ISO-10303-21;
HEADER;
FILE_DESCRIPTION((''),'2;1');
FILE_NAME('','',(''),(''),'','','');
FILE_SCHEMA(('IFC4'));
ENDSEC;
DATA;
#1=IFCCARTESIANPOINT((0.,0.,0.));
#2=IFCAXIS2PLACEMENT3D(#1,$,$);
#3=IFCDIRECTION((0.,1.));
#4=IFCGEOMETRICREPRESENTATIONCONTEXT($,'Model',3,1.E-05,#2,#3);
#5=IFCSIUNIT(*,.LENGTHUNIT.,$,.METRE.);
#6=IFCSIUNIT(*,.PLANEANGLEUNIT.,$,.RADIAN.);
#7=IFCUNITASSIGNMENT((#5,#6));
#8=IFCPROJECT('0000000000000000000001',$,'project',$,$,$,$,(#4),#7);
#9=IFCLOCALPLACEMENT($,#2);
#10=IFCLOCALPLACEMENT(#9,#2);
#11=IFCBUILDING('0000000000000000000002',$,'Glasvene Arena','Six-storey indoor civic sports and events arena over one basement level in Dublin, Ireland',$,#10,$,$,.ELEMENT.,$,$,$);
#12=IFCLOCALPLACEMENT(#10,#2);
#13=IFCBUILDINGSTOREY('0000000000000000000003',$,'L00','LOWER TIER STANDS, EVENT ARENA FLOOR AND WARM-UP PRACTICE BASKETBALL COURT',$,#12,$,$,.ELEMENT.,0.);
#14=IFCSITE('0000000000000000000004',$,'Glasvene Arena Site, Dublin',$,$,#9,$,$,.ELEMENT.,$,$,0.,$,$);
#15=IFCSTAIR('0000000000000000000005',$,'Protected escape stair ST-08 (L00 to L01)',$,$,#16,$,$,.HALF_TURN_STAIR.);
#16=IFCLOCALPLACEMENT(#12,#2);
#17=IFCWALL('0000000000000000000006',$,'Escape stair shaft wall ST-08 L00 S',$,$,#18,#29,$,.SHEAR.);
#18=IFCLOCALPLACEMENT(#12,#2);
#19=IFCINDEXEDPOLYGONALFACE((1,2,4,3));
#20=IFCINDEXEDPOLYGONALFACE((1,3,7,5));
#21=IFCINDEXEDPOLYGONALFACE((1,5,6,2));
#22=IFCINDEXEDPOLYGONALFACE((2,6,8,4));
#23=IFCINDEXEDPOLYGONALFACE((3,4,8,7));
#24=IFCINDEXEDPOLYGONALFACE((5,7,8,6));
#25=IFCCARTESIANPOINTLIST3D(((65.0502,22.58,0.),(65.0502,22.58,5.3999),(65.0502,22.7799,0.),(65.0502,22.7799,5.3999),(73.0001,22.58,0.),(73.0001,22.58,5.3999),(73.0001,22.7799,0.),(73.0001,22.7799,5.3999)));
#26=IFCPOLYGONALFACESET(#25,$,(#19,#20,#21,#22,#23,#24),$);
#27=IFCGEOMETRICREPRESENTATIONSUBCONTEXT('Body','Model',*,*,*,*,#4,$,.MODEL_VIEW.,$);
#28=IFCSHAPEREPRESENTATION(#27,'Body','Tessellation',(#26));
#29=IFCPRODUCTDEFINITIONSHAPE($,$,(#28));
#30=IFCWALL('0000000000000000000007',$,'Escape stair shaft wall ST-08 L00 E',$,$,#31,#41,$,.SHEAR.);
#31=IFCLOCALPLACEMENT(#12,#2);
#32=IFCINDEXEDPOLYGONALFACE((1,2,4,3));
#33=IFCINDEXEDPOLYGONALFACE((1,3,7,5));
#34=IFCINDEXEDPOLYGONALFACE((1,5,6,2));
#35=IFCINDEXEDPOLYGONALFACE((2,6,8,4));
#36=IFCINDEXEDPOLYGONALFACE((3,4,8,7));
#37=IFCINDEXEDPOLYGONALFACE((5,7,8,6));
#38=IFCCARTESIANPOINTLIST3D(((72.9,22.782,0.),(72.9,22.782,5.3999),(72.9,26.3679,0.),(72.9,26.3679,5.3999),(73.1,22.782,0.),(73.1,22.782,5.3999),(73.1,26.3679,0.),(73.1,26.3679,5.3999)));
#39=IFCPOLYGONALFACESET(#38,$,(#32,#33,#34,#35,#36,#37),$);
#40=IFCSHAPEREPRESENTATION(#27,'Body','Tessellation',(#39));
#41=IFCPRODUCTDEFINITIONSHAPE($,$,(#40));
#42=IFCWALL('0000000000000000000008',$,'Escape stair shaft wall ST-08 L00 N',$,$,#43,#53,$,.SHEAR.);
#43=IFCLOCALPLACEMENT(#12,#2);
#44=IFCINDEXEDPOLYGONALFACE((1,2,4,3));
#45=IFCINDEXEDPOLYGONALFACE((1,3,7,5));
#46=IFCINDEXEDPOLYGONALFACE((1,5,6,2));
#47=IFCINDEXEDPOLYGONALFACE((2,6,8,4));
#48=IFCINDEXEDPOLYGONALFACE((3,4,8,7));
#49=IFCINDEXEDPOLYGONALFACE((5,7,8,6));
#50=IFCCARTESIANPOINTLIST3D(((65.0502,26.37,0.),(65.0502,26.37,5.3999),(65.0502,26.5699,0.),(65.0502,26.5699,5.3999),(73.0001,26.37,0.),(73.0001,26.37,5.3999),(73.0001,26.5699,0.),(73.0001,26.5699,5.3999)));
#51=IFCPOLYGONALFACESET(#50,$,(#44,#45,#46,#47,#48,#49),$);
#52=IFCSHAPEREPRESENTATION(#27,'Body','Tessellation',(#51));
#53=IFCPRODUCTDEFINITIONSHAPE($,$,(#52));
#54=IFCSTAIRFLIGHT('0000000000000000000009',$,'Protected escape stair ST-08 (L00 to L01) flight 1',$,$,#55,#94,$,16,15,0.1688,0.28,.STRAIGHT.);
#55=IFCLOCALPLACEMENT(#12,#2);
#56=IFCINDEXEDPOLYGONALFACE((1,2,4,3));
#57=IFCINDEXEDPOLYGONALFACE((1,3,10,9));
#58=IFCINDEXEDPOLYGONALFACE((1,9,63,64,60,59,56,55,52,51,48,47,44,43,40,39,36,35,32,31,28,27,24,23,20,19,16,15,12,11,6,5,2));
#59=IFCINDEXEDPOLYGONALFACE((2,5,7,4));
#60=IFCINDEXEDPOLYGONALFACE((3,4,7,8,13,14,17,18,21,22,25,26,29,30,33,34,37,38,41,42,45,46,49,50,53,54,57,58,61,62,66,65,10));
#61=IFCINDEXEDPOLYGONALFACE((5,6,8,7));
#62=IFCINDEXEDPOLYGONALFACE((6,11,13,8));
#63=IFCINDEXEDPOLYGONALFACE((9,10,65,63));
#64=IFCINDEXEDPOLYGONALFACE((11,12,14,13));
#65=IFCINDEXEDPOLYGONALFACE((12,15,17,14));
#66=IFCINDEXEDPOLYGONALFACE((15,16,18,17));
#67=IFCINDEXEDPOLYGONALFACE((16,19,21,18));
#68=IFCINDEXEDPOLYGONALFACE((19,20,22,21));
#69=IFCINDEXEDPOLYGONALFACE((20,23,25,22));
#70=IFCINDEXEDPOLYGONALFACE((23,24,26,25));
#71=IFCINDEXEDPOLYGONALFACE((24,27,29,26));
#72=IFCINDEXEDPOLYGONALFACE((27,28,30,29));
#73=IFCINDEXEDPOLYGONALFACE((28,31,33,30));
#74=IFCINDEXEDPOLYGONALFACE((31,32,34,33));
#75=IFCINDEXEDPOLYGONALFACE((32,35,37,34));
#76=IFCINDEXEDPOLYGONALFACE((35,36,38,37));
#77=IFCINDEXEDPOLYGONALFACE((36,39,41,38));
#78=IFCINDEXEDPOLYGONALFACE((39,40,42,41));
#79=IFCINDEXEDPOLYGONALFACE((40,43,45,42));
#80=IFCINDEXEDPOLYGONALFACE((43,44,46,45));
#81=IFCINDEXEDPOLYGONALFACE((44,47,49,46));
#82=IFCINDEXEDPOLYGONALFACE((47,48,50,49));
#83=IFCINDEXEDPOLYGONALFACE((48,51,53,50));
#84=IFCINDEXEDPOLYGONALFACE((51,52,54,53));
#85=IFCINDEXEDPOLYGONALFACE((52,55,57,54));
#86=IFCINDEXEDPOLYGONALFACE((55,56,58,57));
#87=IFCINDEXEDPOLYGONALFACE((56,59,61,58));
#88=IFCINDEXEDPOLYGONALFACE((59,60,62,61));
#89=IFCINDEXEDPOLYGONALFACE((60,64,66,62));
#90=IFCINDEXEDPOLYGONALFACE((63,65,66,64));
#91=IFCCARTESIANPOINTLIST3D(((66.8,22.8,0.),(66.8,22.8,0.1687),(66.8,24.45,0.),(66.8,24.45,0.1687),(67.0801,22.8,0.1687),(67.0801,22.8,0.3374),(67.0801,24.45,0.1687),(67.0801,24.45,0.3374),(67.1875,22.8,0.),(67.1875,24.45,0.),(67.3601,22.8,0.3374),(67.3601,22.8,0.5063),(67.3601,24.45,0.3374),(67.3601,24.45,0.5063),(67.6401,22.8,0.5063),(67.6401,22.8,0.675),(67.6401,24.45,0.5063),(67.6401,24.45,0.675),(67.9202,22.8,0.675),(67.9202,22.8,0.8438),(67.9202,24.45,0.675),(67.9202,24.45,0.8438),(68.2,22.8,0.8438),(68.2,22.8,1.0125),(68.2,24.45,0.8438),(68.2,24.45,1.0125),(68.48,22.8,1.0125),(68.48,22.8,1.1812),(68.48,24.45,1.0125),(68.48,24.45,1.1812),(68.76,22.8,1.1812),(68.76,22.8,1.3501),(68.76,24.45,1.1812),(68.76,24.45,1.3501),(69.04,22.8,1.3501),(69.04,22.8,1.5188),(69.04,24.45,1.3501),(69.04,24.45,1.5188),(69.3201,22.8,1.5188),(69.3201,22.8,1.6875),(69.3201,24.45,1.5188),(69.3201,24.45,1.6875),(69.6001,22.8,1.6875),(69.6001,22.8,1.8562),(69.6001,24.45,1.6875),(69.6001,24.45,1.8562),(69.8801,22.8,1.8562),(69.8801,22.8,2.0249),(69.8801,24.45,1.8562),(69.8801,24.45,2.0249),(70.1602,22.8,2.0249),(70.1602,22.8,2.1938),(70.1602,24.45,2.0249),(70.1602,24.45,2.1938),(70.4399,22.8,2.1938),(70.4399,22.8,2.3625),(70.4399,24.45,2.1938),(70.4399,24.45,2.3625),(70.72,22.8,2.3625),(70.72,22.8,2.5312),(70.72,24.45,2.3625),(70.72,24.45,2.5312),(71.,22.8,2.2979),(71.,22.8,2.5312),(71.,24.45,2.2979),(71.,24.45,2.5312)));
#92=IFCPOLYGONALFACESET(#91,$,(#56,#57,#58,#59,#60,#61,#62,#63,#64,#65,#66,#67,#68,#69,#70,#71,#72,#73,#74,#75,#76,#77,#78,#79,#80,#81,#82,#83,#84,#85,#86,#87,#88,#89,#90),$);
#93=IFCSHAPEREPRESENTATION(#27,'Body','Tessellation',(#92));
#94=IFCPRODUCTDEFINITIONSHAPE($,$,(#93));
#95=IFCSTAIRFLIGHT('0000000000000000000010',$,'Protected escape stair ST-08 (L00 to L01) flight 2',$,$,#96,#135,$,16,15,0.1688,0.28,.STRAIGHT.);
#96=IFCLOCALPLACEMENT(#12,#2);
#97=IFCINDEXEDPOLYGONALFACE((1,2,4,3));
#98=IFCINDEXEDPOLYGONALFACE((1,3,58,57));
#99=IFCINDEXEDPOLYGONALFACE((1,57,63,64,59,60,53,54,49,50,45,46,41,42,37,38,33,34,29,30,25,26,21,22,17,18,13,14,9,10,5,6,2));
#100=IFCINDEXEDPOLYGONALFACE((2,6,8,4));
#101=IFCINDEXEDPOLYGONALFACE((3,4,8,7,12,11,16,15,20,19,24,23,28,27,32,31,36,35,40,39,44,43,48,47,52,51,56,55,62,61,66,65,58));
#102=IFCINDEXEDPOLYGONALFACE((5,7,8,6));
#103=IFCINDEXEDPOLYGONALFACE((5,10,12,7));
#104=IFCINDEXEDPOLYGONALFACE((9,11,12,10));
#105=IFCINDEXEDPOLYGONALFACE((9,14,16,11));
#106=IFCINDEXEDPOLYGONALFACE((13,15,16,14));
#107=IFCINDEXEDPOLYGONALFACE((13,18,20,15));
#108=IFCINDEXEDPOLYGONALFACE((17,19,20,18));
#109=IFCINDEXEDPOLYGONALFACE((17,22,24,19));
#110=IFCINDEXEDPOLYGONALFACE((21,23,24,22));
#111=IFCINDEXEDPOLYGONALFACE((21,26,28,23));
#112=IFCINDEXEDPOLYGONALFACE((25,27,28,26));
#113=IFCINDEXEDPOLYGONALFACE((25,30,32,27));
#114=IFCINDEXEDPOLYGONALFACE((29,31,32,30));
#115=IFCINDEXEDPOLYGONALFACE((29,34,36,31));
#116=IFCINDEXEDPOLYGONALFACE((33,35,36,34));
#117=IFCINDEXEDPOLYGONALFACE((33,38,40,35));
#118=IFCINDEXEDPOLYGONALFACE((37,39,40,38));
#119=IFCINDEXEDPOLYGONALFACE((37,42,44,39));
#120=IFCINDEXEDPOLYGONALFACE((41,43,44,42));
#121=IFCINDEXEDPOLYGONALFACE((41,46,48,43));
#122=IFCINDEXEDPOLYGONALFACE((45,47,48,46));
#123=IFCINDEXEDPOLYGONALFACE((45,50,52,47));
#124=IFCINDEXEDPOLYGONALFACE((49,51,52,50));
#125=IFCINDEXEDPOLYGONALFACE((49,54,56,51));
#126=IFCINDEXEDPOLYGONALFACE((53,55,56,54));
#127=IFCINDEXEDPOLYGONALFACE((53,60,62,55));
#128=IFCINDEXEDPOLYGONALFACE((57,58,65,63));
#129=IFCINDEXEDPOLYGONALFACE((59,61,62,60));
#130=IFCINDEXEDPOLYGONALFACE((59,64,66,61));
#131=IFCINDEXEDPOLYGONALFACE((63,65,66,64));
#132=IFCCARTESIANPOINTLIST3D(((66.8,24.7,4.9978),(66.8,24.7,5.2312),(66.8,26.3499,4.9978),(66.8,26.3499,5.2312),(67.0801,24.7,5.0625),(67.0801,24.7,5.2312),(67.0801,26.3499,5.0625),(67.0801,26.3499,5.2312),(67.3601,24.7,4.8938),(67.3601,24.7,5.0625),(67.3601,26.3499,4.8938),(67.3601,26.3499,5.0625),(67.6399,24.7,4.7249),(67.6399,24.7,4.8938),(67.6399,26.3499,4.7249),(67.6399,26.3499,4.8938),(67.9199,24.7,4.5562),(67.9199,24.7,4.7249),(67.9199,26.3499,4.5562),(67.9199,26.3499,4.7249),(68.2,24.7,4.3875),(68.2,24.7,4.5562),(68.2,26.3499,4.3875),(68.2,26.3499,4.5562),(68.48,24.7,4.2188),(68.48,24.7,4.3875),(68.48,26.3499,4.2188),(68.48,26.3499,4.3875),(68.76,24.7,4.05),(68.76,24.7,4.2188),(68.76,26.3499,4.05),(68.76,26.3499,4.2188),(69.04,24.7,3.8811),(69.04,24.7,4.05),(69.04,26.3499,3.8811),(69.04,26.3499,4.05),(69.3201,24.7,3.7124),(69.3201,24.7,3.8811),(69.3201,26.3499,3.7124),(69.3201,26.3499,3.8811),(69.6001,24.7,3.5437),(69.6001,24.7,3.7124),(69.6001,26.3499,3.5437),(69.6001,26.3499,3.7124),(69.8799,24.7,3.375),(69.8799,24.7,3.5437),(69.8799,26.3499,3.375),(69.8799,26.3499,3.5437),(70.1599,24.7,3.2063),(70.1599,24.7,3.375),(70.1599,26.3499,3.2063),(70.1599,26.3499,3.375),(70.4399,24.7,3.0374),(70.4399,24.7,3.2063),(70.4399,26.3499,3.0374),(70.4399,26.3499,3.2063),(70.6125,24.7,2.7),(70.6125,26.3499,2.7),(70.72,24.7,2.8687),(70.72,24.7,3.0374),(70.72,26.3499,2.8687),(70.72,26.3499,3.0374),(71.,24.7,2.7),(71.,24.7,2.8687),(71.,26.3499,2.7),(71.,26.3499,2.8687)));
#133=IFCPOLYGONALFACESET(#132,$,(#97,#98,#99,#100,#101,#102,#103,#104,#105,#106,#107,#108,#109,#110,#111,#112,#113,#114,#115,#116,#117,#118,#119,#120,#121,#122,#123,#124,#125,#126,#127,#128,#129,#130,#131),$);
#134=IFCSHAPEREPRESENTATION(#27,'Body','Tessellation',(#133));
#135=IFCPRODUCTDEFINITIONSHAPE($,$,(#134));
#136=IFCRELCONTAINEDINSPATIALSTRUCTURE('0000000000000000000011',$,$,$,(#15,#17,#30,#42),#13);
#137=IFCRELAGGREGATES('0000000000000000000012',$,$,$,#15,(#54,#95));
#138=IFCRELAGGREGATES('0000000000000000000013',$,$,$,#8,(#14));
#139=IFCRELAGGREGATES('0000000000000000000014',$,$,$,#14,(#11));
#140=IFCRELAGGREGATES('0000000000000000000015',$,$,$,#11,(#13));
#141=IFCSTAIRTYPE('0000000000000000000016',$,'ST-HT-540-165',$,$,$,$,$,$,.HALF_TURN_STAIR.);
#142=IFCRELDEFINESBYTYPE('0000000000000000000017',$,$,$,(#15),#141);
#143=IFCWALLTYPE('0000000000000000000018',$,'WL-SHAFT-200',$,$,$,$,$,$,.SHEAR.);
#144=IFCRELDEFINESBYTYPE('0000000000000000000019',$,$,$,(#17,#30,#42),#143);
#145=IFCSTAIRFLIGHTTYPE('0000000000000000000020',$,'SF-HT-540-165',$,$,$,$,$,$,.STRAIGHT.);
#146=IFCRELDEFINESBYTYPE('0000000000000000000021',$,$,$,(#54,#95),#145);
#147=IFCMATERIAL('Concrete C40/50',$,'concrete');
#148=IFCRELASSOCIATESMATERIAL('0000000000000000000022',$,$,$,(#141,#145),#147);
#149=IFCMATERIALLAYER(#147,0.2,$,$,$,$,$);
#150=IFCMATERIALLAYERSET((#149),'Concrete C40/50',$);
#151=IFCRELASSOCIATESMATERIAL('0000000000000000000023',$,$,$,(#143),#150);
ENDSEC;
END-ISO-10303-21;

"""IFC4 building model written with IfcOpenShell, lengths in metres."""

from ifc_helpers import new_model, si_unit, direction, frame, frame_2d, origin, place, context, subcontext, project, spatial, polyline, rectangle, outline, extrude, material, layer, layer_set, type_object, element, aggregate, save


model = new_model("IFC4")

# Units and contexts
model_context = context("Model", 3, precision=1e-05, world=origin(), true_north=direction((0.0, 1.0)))
body_context = subcontext(model_context, "Body", "Model", "MODEL_VIEW")
ifc_project = project(units=[si_unit("LENGTHUNIT", "METRE"), si_unit("PLANEANGLEUNIT", "RADIAN")], contexts=[model_context])

# Site, building, storey
site_placement = place(None, origin())
site = spatial("IfcSite", under=ifc_project, at=site_placement, Name="Glasvene Arena Site, Dublin", CompositionType="ELEMENT", RefElevation=0.0)
building_placement = place(site_placement, origin())
building = spatial("IfcBuilding", under=site, at=building_placement, Name="Glasvene Arena", Description="Six-storey indoor civic sports and events arena over one basement level in Dublin, Ireland", CompositionType="ELEMENT")
storey_placement = place(building_placement, origin())
storey = spatial("IfcBuildingStorey", under=building, at=storey_placement, Name="L00", Description="LOWER TIER STANDS, EVENT ARENA FLOOR AND WARM-UP PRACTICE BASKETBALL COURT", CompositionType="ELEMENT", Elevation=0.0)

# Stair
ifc_material_1 = material(Name="Concrete C40/50", Category="concrete")
stair_type = type_object("IfcStairType", Name="ST-HT-540-165", PredefinedType="HALF_TURN_STAIR", material=ifc_material_1)
stair_placement = place(storey_placement, origin())
stair = element("IfcStair", 1, at=stair_placement, inside=storey, type_object=stair_type, Name="Protected escape stair ST-08 (L00 to L01)", PredefinedType="HALF_TURN_STAIR")

# Wall
ifc_layer_1 = layer(ifc_material_1, 0.2)
ifc_layer_set_1 = layer_set([ifc_layer_1], Name="Concrete C40/50")
wall_type_1 = type_object("IfcWallType", Name="WL-SHAFT-200", PredefinedType="SHEAR", material=ifc_layer_set_1)
wall_1_placement = place(storey_placement, frame((65.05, 22.6799, 0.0), z_axis=(0.0, 0.0, 1.0), x_axis=(1.0, 0.0, 0.0)))
element("IfcWall", 2, at=wall_1_placement, inside=storey, type_object=wall_type_1, Name="Escape stair shaft wall ST-08 L00 S", PredefinedType="SHEAR", context=body_context, shape_type="SweptSolid", body=[
    extrude(rectangle(XDim=7.95, YDim=0.2, at=frame_2d((3.9751, 0.0))), origin(), (0.0, 0.0, 1.0), 5.3999),
])

# Walls
wall_2_placement = place(storey_placement, frame((73.0, 22.782, 0.0), z_axis=(0.0, 0.0, 1.0), x_axis=(0.0, 1.0, 0.0)))
element("IfcWall", 3, at=wall_2_placement, inside=storey, type_object=wall_type_1, Name="Escape stair shaft wall ST-08 L00 E", PredefinedType="SHEAR", context=body_context, shape_type="SweptSolid", body=[
    extrude(rectangle(XDim=3.5859, YDim=0.2, at=frame_2d((1.793, 0.0))), origin(), (0.0, 0.0, 1.0), 5.3999),
])
wall_3_placement = place(storey_placement, frame((65.05, 26.47, 0.0), z_axis=(0.0, 0.0, 1.0), x_axis=(1.0, 0.0, 0.0)))
element("IfcWall", 4, at=wall_3_placement, inside=storey, type_object=wall_type_1, Name="Escape stair shaft wall ST-08 L00 N", PredefinedType="SHEAR", context=body_context, shape_type="SweptSolid", body=[
    extrude(rectangle(XDim=7.95, YDim=0.2, at=frame_2d((3.9751, 0.0))), origin(), (0.0, 0.0, 1.0), 5.3999),
])

# Stair flights
stair_flight_type = type_object("IfcStairFlightType", Name="SF-HT-540-165", PredefinedType="STRAIGHT", material=ifc_material_1)
stair_flight_1_placement = place(storey_placement, frame((66.8, 23.625, 0.0), z_axis=(0.0, 0.0, 1.0), x_axis=(1.0, 0.0, 0.0)))
stair_flight_1 = element("IfcStairFlight", 5, at=stair_flight_1_placement, type_object=stair_flight_type, Name="Protected escape stair ST-08 (L00 to L01) flight 1", NumberOfRisers=16, NumberOfTreads=15, PredefinedType="STRAIGHT", RiserHeight=0.1688, TreadLength=0.28, context=body_context, shape_type="SweptSolid", body=[
    extrude(outline(polyline([(0.0, 0.0), (0.0, 0.1687), (0.28, 0.1687), (0.28, 0.3374), (0.5601, 0.3374), (0.5601, 0.5063), (0.8401, 0.5063), (0.8401, 0.675), (1.1201, 0.675), (1.1201, 0.8438), (1.3999, 0.8438), (1.3999, 1.0125), (1.6799, 1.0125), (1.6799, 1.1812), (1.96, 1.1812), (1.96, 1.3501), (2.24, 1.3501), (2.24, 1.5188), (2.52, 1.5188), (2.52, 1.6875), (2.8, 1.6875), (2.8, 1.8562), (3.0801, 1.8562), (3.0801, 2.0249), (3.3601, 2.0249), (3.3601, 2.1938), (3.6399, 2.1938), (3.6399, 2.3625), (3.9199, 2.3625), (3.9199, 2.5312), (4.2, 2.5312), (4.2, 2.7), (4.2, 2.2979), (0.3875, 0.0), (0.0, 0.0)])), frame((0.0, 0.825, 0.0), z_axis=(0.0, -1.0, 0.0), x_axis=(1.0, 0.0, 0.0)), (0.0, 0.0, 1.0), 1.6499),
])
stair_flight_2_placement = place(storey_placement, frame((71.0, 25.5249, 2.7), z_axis=(0.0, 0.0, 1.0), x_axis=(-1.0, 0.0, 0.0)))
stair_flight_2 = element("IfcStairFlight", 6, at=stair_flight_2_placement, type_object=stair_flight_type, Name="Protected escape stair ST-08 (L00 to L01) flight 2", NumberOfRisers=16, NumberOfTreads=15, PredefinedType="STRAIGHT", RiserHeight=0.1688, TreadLength=0.28, context=body_context, shape_type="SweptSolid", body=[
    extrude(outline(polyline([(0.0, 0.0), (0.0, 0.1687), (0.28, 0.1687), (0.28, 0.3374), (0.5601, 0.3374), (0.5601, 0.5063), (0.8401, 0.5063), (0.8401, 0.675), (1.1201, 0.675), (1.1201, 0.8438), (1.3999, 0.8438), (1.3999, 1.0125), (1.6799, 1.0125), (1.6799, 1.1812), (1.96, 1.1812), (1.96, 1.3501), (2.24, 1.3501), (2.24, 1.5188), (2.52, 1.5188), (2.52, 1.6875), (2.8, 1.6875), (2.8, 1.8562), (3.0801, 1.8562), (3.0801, 2.0249), (3.3601, 2.0249), (3.3601, 2.1938), (3.6399, 2.1938), (3.6399, 2.3625), (3.9199, 2.3625), (3.9199, 2.5312), (4.2, 2.5312), (4.2, 2.7), (4.2, 2.2979), (0.3875, 0.0), (0.0, 0.0)])), frame((0.0, 0.825, 0.0), z_axis=(0.0, -1.0, 0.0), x_axis=(1.0, 0.0, 0.0)), (0.0, 0.0, 1.0), 1.6499),
])
aggregate(stair, [stair_flight_1, stair_flight_2])

save(model, "model.ifc")
